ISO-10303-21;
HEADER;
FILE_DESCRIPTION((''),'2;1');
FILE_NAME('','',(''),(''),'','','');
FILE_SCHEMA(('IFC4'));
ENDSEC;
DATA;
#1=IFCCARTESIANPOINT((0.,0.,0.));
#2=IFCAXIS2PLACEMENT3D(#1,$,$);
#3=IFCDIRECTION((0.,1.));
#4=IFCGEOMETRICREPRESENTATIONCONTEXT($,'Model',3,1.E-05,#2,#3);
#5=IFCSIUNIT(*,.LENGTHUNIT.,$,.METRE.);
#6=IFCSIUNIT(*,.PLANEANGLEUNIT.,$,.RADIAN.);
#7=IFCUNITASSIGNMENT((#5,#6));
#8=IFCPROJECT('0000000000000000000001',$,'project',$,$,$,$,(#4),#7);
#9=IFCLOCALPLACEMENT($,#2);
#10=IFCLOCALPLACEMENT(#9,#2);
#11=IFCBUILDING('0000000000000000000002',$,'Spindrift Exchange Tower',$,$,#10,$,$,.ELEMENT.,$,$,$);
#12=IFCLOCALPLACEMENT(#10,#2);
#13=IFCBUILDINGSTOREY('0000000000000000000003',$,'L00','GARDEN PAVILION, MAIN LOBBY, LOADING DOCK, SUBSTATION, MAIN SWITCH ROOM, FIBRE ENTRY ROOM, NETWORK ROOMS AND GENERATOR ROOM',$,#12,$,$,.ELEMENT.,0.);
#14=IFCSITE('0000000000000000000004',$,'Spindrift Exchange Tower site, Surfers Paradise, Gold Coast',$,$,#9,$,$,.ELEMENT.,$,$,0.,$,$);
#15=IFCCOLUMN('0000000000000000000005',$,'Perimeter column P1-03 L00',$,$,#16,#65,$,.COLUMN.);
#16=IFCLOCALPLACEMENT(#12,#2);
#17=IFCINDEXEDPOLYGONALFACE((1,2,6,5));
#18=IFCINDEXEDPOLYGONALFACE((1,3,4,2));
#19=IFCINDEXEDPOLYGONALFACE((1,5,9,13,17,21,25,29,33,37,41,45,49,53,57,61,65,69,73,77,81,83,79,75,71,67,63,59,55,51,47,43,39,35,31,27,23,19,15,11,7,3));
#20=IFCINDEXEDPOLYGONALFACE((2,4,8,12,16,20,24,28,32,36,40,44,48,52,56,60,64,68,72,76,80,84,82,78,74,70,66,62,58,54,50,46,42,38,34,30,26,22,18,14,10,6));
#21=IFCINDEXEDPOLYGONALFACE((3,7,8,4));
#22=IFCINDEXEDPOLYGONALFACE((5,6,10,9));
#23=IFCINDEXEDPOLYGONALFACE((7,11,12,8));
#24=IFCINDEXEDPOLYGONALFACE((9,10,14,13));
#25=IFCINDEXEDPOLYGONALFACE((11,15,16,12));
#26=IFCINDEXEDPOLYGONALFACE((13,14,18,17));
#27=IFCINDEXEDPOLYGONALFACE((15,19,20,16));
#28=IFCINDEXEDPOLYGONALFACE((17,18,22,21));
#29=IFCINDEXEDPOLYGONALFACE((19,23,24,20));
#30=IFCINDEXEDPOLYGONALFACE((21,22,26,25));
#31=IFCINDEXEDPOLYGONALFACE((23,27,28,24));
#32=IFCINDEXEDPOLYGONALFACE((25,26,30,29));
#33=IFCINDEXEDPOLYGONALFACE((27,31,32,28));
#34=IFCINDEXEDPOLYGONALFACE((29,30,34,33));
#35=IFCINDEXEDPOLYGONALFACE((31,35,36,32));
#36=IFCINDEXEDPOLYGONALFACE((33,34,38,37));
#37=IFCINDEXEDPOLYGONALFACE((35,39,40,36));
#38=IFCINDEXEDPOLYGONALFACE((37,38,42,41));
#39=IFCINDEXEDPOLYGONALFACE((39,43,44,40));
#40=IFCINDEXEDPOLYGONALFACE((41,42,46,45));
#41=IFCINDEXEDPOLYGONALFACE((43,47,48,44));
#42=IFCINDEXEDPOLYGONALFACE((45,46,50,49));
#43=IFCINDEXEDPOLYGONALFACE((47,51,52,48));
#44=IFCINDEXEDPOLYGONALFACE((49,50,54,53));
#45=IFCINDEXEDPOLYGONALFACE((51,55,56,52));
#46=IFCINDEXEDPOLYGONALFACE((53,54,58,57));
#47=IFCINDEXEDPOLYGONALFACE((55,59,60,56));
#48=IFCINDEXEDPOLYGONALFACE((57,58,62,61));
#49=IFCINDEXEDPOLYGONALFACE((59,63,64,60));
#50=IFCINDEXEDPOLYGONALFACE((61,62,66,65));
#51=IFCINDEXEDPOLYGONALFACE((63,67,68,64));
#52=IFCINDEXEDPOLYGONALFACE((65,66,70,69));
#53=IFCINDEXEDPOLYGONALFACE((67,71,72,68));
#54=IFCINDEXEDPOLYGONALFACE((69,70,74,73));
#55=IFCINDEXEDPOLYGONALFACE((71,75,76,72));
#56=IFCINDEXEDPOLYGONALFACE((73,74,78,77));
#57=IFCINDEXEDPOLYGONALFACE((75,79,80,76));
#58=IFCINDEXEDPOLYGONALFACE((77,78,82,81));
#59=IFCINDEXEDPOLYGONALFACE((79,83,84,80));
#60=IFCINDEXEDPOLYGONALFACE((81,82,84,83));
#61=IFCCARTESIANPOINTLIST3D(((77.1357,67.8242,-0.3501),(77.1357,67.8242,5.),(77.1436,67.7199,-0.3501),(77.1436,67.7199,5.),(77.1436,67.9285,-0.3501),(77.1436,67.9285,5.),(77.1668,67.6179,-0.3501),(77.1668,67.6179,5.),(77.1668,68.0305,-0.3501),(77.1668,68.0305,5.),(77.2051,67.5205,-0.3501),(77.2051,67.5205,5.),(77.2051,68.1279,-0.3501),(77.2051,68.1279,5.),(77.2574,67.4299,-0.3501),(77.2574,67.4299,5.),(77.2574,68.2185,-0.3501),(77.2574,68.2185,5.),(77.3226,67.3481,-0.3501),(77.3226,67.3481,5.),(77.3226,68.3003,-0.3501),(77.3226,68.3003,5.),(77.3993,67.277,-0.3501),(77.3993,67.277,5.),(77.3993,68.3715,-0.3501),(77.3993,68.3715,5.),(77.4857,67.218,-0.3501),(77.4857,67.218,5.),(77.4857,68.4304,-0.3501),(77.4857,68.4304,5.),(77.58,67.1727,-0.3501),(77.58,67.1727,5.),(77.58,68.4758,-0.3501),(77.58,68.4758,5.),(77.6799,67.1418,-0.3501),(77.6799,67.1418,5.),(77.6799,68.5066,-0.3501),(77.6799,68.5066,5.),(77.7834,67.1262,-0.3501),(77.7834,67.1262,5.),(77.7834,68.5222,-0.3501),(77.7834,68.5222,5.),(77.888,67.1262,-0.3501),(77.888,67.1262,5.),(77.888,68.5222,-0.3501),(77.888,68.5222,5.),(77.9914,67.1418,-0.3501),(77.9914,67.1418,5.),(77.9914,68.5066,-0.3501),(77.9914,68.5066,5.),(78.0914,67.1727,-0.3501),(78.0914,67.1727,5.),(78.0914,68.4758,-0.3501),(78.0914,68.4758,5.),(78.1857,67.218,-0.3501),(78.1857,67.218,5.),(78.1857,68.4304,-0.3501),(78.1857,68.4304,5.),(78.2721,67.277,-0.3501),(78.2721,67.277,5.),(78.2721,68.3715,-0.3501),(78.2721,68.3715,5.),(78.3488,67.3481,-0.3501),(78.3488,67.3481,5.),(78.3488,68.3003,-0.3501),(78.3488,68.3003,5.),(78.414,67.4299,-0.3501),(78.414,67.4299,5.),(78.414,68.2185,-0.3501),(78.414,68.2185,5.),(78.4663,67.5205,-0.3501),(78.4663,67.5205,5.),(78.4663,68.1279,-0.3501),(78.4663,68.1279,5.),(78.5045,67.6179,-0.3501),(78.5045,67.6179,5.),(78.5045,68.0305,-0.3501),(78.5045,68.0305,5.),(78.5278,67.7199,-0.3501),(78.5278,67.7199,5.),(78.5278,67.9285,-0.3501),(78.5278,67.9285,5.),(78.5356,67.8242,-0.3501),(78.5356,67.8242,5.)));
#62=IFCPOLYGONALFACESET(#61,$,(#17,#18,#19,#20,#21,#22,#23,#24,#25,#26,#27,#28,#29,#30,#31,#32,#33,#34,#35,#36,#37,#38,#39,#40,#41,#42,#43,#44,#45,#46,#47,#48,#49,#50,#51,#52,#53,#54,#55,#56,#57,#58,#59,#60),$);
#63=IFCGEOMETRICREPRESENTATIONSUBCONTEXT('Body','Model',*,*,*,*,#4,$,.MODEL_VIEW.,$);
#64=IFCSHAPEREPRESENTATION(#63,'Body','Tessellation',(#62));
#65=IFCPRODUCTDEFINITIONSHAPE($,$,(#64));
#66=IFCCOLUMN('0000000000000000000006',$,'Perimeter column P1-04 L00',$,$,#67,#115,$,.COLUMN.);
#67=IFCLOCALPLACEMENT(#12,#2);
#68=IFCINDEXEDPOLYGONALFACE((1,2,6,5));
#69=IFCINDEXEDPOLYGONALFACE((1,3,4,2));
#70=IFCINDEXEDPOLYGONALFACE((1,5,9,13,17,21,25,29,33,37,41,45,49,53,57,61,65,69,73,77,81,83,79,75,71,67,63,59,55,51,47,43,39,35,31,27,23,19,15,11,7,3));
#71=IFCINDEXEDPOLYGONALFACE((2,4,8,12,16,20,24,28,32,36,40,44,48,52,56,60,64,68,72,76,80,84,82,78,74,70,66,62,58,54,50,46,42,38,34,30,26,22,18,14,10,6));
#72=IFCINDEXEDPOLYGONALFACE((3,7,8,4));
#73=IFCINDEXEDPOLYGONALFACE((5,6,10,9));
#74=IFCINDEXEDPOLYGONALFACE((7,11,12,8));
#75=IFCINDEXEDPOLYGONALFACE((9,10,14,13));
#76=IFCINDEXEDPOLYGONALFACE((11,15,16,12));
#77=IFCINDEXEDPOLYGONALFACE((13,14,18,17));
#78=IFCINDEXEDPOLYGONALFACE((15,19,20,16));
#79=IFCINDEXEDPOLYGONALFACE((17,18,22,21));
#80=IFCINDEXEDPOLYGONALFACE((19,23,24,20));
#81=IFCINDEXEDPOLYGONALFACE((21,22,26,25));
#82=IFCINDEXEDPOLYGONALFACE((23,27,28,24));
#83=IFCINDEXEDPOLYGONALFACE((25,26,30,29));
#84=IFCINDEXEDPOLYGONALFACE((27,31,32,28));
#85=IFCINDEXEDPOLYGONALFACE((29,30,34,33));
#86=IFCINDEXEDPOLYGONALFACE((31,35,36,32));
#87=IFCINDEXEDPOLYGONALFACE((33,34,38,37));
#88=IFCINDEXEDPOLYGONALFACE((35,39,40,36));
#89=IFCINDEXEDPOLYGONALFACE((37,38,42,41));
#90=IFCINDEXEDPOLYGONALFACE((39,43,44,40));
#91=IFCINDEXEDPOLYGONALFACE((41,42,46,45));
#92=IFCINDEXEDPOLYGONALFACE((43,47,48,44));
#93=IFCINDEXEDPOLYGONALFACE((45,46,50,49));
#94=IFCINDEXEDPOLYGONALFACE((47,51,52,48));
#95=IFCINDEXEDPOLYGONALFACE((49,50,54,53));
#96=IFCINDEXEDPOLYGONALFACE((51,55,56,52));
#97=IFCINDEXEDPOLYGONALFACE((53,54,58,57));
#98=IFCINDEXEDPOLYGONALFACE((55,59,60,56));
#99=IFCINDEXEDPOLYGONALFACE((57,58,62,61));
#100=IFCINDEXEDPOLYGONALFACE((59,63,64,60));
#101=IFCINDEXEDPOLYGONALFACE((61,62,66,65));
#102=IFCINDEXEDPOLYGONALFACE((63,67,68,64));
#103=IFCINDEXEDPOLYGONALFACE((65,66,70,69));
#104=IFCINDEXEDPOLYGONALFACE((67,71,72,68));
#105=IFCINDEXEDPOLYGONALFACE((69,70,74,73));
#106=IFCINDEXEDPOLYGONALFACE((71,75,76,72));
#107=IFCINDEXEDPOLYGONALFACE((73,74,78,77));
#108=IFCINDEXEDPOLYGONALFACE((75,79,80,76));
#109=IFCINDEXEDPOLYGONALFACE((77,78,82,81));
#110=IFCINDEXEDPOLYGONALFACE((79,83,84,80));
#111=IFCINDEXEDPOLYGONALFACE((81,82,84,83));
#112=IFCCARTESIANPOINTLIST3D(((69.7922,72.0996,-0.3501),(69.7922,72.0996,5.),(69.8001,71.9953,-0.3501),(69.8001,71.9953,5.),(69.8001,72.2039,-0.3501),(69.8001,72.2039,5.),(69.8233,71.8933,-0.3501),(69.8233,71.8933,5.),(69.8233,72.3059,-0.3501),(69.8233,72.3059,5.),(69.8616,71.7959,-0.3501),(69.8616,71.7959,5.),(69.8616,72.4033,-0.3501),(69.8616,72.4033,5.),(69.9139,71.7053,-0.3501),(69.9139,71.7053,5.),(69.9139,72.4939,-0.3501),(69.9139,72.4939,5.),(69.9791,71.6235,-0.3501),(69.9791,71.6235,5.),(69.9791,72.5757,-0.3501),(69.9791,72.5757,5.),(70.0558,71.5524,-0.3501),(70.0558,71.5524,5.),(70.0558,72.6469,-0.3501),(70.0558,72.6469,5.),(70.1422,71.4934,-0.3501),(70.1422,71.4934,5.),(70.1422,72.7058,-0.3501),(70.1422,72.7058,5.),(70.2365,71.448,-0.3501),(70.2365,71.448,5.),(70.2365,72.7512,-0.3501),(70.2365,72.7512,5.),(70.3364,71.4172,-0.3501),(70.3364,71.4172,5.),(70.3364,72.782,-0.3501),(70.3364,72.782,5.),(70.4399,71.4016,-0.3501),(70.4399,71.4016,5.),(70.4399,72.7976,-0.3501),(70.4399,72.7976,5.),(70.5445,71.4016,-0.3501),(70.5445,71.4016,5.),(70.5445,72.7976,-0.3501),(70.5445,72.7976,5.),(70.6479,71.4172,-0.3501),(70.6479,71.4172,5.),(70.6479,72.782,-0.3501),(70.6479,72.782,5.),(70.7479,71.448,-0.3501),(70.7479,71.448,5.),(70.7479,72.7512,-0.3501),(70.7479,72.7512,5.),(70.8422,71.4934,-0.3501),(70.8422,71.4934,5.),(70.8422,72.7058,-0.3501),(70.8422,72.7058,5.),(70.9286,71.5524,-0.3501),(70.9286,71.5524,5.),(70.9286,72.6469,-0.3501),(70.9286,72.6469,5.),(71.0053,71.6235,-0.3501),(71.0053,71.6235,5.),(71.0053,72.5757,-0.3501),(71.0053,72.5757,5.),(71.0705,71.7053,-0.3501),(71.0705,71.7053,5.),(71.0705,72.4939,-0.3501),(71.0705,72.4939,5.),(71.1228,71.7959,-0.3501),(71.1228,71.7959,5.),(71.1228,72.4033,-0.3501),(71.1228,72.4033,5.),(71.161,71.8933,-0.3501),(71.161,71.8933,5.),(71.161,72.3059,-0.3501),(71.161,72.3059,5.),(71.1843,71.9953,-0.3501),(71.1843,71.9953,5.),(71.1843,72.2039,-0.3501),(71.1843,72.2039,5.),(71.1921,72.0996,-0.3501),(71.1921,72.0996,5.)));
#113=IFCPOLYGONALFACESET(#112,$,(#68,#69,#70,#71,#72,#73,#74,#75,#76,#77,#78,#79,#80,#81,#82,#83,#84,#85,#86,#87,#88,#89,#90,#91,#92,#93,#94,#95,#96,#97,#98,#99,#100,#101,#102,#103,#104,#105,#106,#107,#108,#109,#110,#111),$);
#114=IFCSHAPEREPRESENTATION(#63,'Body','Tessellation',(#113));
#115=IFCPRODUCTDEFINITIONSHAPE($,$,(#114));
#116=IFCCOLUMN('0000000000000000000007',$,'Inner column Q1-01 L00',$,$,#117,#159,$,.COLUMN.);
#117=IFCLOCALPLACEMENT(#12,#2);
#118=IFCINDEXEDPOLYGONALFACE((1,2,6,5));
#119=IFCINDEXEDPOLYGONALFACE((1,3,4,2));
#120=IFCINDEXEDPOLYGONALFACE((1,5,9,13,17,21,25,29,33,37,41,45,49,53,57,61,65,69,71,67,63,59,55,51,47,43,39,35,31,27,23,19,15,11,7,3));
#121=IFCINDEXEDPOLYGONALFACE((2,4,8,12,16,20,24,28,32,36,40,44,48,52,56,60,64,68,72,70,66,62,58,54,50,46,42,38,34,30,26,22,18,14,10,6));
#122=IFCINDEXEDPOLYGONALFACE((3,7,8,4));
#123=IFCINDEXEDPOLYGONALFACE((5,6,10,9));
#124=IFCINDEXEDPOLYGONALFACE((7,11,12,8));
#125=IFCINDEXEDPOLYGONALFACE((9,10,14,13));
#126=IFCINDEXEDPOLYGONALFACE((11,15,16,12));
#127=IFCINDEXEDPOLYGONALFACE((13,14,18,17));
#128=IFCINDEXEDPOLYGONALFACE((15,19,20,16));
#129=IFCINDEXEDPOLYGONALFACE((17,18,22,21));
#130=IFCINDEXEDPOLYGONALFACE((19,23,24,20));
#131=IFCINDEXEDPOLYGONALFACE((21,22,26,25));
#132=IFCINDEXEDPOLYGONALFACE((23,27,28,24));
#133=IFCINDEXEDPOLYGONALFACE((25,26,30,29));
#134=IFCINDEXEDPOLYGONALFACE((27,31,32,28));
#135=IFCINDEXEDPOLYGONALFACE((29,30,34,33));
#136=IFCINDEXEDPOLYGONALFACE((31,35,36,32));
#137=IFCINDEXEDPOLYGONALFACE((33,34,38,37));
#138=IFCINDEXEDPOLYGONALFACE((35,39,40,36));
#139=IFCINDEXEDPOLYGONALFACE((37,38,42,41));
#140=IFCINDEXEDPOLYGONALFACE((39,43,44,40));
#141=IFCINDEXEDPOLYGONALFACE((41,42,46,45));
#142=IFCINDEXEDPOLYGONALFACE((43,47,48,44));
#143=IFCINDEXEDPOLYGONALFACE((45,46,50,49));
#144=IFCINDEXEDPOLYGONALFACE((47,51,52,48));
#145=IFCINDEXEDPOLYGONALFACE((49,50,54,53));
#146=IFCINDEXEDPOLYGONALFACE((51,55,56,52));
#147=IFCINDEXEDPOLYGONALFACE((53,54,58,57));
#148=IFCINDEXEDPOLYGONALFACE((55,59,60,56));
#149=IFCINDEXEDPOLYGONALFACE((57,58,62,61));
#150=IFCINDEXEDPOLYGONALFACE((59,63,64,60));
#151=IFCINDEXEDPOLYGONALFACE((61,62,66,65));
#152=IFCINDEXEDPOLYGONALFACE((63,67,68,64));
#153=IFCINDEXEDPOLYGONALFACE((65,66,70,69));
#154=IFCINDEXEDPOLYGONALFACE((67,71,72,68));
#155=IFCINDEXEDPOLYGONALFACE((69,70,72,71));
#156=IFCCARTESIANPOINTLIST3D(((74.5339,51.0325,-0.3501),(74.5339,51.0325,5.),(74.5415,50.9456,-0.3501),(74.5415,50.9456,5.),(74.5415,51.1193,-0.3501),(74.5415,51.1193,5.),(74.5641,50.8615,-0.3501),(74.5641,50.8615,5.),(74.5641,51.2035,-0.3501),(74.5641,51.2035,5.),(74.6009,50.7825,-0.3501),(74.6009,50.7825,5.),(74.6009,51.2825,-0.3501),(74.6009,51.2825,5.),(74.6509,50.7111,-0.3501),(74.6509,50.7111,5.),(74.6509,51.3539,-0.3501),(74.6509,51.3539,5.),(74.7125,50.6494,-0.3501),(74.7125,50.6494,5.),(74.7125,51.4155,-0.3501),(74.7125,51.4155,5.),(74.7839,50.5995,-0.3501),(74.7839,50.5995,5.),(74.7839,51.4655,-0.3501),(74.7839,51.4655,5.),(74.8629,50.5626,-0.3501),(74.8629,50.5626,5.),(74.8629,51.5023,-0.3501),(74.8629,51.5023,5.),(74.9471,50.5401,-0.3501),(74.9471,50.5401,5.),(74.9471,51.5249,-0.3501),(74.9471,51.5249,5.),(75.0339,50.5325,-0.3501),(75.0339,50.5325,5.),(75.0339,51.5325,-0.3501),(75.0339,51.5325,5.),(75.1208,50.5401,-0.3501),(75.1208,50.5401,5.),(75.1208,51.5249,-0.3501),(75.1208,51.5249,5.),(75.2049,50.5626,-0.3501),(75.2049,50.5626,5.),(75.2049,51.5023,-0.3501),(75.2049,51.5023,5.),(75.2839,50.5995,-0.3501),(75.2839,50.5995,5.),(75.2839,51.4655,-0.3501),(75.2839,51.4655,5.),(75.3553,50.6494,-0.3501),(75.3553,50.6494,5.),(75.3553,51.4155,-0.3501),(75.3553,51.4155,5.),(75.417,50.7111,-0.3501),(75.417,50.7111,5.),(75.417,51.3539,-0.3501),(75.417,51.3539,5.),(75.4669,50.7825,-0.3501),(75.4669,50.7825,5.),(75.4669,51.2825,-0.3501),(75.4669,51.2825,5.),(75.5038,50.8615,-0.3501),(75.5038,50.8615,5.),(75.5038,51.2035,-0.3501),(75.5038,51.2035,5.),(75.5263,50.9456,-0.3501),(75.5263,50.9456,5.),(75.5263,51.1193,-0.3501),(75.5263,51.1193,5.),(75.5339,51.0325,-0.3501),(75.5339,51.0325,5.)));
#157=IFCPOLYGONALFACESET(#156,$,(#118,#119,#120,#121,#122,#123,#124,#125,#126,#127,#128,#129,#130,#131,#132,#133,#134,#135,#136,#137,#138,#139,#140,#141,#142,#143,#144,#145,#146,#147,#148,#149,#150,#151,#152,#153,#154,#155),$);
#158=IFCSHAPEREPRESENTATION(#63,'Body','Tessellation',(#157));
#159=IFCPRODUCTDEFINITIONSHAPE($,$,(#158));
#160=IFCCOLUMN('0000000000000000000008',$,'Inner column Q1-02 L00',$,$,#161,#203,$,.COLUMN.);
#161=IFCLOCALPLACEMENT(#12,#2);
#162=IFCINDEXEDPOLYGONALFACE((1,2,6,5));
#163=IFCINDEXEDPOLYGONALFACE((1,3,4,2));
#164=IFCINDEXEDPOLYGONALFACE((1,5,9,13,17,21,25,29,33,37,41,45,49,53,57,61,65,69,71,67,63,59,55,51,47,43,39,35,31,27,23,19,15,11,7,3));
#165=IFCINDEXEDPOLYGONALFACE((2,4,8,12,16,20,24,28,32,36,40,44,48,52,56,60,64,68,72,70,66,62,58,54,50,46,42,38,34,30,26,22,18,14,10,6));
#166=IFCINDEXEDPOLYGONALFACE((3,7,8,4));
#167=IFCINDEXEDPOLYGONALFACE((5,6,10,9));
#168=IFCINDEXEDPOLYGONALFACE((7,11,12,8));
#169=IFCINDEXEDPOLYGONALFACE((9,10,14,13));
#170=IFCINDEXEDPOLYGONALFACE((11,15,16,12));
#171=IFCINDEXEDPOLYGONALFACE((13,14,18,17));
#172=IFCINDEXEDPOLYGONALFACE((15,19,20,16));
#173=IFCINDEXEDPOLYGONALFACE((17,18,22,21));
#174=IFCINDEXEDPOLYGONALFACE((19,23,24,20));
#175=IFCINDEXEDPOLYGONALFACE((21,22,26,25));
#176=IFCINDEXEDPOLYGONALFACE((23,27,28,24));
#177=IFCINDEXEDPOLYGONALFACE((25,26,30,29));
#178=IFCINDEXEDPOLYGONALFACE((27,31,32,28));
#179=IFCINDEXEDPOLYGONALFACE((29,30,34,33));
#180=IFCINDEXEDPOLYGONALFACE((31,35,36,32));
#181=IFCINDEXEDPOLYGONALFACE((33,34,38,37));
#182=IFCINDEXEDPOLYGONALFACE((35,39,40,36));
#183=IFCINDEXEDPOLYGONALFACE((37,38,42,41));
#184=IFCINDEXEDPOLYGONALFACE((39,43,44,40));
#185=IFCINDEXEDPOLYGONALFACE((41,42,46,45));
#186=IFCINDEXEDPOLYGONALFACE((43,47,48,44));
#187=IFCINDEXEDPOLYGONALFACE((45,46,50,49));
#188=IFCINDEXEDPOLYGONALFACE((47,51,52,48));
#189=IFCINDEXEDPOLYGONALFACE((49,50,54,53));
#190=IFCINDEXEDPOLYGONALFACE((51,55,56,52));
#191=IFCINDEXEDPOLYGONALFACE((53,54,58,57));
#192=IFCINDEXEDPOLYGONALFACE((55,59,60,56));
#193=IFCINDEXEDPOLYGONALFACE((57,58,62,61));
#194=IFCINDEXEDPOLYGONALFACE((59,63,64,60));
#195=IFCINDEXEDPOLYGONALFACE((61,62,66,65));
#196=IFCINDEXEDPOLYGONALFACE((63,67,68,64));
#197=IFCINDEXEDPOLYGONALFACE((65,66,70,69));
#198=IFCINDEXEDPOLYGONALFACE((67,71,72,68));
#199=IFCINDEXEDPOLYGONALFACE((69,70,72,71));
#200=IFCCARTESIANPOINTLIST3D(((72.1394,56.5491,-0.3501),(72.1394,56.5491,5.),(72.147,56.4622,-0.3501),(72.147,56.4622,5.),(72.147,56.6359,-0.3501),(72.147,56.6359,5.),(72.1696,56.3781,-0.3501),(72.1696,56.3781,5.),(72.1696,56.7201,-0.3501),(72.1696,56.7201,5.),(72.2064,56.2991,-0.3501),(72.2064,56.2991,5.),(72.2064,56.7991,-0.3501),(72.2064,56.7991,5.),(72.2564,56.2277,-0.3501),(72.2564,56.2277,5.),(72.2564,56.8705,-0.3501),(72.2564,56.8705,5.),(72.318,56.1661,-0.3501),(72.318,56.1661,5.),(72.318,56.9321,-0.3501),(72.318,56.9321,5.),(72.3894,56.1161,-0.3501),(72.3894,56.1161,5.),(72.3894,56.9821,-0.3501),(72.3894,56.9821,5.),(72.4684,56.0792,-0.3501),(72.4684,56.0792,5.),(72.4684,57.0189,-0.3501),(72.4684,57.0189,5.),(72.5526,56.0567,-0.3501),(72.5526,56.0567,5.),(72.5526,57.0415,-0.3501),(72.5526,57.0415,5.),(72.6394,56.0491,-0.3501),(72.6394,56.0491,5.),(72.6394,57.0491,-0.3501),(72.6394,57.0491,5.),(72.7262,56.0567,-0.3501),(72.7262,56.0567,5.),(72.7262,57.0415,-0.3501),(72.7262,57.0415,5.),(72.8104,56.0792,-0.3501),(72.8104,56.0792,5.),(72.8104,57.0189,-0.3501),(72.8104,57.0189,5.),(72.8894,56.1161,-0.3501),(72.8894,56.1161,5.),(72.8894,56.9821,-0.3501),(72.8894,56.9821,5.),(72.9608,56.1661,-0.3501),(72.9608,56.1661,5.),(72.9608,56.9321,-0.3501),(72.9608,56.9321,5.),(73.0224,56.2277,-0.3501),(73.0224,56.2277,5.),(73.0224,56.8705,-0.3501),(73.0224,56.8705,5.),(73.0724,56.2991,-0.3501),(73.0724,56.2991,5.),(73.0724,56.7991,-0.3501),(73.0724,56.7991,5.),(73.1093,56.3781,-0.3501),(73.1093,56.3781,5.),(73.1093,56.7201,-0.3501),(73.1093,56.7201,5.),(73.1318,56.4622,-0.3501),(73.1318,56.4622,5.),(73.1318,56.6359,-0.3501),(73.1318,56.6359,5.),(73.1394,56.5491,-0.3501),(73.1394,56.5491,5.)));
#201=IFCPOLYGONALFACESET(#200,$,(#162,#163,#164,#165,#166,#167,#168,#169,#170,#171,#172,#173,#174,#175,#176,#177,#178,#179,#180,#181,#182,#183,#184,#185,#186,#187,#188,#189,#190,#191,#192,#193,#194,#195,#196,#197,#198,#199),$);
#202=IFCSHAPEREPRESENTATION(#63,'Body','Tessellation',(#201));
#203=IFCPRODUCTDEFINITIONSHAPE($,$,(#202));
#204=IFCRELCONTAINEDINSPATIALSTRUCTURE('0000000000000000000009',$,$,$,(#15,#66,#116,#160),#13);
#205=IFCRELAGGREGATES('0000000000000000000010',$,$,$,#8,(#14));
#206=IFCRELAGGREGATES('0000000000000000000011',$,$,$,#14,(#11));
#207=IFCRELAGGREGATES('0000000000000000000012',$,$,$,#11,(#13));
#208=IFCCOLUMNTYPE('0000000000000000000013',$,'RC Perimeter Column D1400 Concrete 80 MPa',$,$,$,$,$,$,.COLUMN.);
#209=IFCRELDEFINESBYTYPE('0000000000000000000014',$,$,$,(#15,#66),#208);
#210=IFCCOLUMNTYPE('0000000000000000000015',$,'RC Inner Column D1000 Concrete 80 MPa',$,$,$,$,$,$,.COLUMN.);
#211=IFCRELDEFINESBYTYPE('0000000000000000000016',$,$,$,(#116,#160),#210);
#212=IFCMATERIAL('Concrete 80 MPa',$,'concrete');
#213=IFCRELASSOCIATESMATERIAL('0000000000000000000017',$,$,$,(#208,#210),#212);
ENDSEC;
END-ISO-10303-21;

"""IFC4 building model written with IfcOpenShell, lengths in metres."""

from ifc_helpers import new_model, si_unit, direction, frame, origin, origin_2d, place, context, subcontext, project, spatial, circle, extrude, source, transform, mapped, material, material_profile, profile_set, type_object, element, save


model = new_model("IFC4")

# Units and contexts
model_context = context("Model", 3, precision=1e-05, world=origin(), true_north=direction((0.0, 1.0)))
body_context = subcontext(model_context, "Body", "Model", "MODEL_VIEW")
ifc_project = project(units=[si_unit("LENGTHUNIT", "METRE"), si_unit("PLANEANGLEUNIT", "RADIAN")], contexts=[model_context])

# Site, building, storey
site_placement = place(None, origin())
site = spatial("IfcSite", under=ifc_project, at=site_placement, Name="Spindrift Exchange Tower site, Surfers Paradise, Gold Coast", CompositionType="ELEMENT", RefElevation=0.0)
building_placement = place(site_placement, origin())
building = spatial("IfcBuilding", under=site, at=building_placement, Name="Spindrift Exchange Tower", CompositionType="ELEMENT")
storey_placement = place(building_placement, origin())
storey = spatial("IfcBuildingStorey", under=building, at=storey_placement, Name="L00", Description="GARDEN PAVILION, MAIN LOBBY, LOADING DOCK, SUBSTATION, MAIN SWITCH ROOM, FIBRE ENTRY ROOM, NETWORK ROOMS AND GENERATOR ROOM", CompositionType="ELEMENT", Elevation=0.0)

# Columns
ifc_material_1 = material(Name="Concrete 80 MPa", Category="concrete")
ifc_material_profile_1 = material_profile(ifc_material_1, circle(Radius=0.7, at=origin_2d()), Name="RC D1400")
ifc_profile_set_1 = profile_set([ifc_material_profile_1], Name="Concrete 80 MPa")
column_type_1 = type_object("IfcColumnType", Name="RC Perimeter Column D1400 Concrete 80 MPa", PredefinedType="COLUMN", material=ifc_profile_set_1)
shared_shape_1 = source(origin(), body_context, "Body", "SweptSolid", [
    extrude(circle(Radius=0.7, at=origin_2d()), origin(), (0.0, 0.0, 1.0), 5.3501),
])
for number, where, z_axis, x_axis, name in (
    (1, (77.8357, 67.8242, -0.3501), (0.0, 0.0, 1.0), (1.0, 0.0, 0.0), "Perimeter column P1-03 L00"),
    (2, (70.4922, 72.0996, -0.3501), (0.0, 0.0, 1.0), (1.0, 0.0, 0.0), "Perimeter column P1-04 L00"),
):
    element("IfcColumn", number, at=place(storey_placement, frame(where, z_axis=z_axis, x_axis=x_axis)), inside=storey, type_object=column_type_1, Name=name, PredefinedType="COLUMN", context=body_context, shape_type="MappedRepresentation", body=[
        mapped(shared_shape_1, transform((0.0, 0.0, 0.0), scale=1.0)),
    ])
ifc_material_profile_2 = material_profile(ifc_material_1, circle(Radius=0.5, at=origin_2d()), Name="RC D1000")
ifc_profile_set_2 = profile_set([ifc_material_profile_2], Name="Concrete 80 MPa")
column_type_2 = type_object("IfcColumnType", Name="RC Inner Column D1000 Concrete 80 MPa", PredefinedType="COLUMN", material=ifc_profile_set_2)
shared_shape_2 = source(origin(), body_context, "Body", "SweptSolid", [
    extrude(circle(Radius=0.5, at=origin_2d()), origin(), (0.0, 0.0, 1.0), 5.3501),
])
for number, where, z_axis, x_axis, name in (
    (3, (75.0339, 51.0325, -0.3501), (0.0, 0.0, 1.0), (1.0, 0.0, 0.0), "Inner column Q1-01 L00"),
    (4, (72.6394, 56.5491, -0.3501), (0.0, 0.0, 1.0), (1.0, 0.0, 0.0), "Inner column Q1-02 L00"),
):
    element("IfcColumn", number, at=place(storey_placement, frame(where, z_axis=z_axis, x_axis=x_axis)), inside=storey, type_object=column_type_2, Name=name, PredefinedType="COLUMN", context=body_context, shape_type="MappedRepresentation", body=[
        mapped(shared_shape_2, transform((0.0, 0.0, 0.0), scale=1.0)),
    ])

save(model, "model.ifc")
